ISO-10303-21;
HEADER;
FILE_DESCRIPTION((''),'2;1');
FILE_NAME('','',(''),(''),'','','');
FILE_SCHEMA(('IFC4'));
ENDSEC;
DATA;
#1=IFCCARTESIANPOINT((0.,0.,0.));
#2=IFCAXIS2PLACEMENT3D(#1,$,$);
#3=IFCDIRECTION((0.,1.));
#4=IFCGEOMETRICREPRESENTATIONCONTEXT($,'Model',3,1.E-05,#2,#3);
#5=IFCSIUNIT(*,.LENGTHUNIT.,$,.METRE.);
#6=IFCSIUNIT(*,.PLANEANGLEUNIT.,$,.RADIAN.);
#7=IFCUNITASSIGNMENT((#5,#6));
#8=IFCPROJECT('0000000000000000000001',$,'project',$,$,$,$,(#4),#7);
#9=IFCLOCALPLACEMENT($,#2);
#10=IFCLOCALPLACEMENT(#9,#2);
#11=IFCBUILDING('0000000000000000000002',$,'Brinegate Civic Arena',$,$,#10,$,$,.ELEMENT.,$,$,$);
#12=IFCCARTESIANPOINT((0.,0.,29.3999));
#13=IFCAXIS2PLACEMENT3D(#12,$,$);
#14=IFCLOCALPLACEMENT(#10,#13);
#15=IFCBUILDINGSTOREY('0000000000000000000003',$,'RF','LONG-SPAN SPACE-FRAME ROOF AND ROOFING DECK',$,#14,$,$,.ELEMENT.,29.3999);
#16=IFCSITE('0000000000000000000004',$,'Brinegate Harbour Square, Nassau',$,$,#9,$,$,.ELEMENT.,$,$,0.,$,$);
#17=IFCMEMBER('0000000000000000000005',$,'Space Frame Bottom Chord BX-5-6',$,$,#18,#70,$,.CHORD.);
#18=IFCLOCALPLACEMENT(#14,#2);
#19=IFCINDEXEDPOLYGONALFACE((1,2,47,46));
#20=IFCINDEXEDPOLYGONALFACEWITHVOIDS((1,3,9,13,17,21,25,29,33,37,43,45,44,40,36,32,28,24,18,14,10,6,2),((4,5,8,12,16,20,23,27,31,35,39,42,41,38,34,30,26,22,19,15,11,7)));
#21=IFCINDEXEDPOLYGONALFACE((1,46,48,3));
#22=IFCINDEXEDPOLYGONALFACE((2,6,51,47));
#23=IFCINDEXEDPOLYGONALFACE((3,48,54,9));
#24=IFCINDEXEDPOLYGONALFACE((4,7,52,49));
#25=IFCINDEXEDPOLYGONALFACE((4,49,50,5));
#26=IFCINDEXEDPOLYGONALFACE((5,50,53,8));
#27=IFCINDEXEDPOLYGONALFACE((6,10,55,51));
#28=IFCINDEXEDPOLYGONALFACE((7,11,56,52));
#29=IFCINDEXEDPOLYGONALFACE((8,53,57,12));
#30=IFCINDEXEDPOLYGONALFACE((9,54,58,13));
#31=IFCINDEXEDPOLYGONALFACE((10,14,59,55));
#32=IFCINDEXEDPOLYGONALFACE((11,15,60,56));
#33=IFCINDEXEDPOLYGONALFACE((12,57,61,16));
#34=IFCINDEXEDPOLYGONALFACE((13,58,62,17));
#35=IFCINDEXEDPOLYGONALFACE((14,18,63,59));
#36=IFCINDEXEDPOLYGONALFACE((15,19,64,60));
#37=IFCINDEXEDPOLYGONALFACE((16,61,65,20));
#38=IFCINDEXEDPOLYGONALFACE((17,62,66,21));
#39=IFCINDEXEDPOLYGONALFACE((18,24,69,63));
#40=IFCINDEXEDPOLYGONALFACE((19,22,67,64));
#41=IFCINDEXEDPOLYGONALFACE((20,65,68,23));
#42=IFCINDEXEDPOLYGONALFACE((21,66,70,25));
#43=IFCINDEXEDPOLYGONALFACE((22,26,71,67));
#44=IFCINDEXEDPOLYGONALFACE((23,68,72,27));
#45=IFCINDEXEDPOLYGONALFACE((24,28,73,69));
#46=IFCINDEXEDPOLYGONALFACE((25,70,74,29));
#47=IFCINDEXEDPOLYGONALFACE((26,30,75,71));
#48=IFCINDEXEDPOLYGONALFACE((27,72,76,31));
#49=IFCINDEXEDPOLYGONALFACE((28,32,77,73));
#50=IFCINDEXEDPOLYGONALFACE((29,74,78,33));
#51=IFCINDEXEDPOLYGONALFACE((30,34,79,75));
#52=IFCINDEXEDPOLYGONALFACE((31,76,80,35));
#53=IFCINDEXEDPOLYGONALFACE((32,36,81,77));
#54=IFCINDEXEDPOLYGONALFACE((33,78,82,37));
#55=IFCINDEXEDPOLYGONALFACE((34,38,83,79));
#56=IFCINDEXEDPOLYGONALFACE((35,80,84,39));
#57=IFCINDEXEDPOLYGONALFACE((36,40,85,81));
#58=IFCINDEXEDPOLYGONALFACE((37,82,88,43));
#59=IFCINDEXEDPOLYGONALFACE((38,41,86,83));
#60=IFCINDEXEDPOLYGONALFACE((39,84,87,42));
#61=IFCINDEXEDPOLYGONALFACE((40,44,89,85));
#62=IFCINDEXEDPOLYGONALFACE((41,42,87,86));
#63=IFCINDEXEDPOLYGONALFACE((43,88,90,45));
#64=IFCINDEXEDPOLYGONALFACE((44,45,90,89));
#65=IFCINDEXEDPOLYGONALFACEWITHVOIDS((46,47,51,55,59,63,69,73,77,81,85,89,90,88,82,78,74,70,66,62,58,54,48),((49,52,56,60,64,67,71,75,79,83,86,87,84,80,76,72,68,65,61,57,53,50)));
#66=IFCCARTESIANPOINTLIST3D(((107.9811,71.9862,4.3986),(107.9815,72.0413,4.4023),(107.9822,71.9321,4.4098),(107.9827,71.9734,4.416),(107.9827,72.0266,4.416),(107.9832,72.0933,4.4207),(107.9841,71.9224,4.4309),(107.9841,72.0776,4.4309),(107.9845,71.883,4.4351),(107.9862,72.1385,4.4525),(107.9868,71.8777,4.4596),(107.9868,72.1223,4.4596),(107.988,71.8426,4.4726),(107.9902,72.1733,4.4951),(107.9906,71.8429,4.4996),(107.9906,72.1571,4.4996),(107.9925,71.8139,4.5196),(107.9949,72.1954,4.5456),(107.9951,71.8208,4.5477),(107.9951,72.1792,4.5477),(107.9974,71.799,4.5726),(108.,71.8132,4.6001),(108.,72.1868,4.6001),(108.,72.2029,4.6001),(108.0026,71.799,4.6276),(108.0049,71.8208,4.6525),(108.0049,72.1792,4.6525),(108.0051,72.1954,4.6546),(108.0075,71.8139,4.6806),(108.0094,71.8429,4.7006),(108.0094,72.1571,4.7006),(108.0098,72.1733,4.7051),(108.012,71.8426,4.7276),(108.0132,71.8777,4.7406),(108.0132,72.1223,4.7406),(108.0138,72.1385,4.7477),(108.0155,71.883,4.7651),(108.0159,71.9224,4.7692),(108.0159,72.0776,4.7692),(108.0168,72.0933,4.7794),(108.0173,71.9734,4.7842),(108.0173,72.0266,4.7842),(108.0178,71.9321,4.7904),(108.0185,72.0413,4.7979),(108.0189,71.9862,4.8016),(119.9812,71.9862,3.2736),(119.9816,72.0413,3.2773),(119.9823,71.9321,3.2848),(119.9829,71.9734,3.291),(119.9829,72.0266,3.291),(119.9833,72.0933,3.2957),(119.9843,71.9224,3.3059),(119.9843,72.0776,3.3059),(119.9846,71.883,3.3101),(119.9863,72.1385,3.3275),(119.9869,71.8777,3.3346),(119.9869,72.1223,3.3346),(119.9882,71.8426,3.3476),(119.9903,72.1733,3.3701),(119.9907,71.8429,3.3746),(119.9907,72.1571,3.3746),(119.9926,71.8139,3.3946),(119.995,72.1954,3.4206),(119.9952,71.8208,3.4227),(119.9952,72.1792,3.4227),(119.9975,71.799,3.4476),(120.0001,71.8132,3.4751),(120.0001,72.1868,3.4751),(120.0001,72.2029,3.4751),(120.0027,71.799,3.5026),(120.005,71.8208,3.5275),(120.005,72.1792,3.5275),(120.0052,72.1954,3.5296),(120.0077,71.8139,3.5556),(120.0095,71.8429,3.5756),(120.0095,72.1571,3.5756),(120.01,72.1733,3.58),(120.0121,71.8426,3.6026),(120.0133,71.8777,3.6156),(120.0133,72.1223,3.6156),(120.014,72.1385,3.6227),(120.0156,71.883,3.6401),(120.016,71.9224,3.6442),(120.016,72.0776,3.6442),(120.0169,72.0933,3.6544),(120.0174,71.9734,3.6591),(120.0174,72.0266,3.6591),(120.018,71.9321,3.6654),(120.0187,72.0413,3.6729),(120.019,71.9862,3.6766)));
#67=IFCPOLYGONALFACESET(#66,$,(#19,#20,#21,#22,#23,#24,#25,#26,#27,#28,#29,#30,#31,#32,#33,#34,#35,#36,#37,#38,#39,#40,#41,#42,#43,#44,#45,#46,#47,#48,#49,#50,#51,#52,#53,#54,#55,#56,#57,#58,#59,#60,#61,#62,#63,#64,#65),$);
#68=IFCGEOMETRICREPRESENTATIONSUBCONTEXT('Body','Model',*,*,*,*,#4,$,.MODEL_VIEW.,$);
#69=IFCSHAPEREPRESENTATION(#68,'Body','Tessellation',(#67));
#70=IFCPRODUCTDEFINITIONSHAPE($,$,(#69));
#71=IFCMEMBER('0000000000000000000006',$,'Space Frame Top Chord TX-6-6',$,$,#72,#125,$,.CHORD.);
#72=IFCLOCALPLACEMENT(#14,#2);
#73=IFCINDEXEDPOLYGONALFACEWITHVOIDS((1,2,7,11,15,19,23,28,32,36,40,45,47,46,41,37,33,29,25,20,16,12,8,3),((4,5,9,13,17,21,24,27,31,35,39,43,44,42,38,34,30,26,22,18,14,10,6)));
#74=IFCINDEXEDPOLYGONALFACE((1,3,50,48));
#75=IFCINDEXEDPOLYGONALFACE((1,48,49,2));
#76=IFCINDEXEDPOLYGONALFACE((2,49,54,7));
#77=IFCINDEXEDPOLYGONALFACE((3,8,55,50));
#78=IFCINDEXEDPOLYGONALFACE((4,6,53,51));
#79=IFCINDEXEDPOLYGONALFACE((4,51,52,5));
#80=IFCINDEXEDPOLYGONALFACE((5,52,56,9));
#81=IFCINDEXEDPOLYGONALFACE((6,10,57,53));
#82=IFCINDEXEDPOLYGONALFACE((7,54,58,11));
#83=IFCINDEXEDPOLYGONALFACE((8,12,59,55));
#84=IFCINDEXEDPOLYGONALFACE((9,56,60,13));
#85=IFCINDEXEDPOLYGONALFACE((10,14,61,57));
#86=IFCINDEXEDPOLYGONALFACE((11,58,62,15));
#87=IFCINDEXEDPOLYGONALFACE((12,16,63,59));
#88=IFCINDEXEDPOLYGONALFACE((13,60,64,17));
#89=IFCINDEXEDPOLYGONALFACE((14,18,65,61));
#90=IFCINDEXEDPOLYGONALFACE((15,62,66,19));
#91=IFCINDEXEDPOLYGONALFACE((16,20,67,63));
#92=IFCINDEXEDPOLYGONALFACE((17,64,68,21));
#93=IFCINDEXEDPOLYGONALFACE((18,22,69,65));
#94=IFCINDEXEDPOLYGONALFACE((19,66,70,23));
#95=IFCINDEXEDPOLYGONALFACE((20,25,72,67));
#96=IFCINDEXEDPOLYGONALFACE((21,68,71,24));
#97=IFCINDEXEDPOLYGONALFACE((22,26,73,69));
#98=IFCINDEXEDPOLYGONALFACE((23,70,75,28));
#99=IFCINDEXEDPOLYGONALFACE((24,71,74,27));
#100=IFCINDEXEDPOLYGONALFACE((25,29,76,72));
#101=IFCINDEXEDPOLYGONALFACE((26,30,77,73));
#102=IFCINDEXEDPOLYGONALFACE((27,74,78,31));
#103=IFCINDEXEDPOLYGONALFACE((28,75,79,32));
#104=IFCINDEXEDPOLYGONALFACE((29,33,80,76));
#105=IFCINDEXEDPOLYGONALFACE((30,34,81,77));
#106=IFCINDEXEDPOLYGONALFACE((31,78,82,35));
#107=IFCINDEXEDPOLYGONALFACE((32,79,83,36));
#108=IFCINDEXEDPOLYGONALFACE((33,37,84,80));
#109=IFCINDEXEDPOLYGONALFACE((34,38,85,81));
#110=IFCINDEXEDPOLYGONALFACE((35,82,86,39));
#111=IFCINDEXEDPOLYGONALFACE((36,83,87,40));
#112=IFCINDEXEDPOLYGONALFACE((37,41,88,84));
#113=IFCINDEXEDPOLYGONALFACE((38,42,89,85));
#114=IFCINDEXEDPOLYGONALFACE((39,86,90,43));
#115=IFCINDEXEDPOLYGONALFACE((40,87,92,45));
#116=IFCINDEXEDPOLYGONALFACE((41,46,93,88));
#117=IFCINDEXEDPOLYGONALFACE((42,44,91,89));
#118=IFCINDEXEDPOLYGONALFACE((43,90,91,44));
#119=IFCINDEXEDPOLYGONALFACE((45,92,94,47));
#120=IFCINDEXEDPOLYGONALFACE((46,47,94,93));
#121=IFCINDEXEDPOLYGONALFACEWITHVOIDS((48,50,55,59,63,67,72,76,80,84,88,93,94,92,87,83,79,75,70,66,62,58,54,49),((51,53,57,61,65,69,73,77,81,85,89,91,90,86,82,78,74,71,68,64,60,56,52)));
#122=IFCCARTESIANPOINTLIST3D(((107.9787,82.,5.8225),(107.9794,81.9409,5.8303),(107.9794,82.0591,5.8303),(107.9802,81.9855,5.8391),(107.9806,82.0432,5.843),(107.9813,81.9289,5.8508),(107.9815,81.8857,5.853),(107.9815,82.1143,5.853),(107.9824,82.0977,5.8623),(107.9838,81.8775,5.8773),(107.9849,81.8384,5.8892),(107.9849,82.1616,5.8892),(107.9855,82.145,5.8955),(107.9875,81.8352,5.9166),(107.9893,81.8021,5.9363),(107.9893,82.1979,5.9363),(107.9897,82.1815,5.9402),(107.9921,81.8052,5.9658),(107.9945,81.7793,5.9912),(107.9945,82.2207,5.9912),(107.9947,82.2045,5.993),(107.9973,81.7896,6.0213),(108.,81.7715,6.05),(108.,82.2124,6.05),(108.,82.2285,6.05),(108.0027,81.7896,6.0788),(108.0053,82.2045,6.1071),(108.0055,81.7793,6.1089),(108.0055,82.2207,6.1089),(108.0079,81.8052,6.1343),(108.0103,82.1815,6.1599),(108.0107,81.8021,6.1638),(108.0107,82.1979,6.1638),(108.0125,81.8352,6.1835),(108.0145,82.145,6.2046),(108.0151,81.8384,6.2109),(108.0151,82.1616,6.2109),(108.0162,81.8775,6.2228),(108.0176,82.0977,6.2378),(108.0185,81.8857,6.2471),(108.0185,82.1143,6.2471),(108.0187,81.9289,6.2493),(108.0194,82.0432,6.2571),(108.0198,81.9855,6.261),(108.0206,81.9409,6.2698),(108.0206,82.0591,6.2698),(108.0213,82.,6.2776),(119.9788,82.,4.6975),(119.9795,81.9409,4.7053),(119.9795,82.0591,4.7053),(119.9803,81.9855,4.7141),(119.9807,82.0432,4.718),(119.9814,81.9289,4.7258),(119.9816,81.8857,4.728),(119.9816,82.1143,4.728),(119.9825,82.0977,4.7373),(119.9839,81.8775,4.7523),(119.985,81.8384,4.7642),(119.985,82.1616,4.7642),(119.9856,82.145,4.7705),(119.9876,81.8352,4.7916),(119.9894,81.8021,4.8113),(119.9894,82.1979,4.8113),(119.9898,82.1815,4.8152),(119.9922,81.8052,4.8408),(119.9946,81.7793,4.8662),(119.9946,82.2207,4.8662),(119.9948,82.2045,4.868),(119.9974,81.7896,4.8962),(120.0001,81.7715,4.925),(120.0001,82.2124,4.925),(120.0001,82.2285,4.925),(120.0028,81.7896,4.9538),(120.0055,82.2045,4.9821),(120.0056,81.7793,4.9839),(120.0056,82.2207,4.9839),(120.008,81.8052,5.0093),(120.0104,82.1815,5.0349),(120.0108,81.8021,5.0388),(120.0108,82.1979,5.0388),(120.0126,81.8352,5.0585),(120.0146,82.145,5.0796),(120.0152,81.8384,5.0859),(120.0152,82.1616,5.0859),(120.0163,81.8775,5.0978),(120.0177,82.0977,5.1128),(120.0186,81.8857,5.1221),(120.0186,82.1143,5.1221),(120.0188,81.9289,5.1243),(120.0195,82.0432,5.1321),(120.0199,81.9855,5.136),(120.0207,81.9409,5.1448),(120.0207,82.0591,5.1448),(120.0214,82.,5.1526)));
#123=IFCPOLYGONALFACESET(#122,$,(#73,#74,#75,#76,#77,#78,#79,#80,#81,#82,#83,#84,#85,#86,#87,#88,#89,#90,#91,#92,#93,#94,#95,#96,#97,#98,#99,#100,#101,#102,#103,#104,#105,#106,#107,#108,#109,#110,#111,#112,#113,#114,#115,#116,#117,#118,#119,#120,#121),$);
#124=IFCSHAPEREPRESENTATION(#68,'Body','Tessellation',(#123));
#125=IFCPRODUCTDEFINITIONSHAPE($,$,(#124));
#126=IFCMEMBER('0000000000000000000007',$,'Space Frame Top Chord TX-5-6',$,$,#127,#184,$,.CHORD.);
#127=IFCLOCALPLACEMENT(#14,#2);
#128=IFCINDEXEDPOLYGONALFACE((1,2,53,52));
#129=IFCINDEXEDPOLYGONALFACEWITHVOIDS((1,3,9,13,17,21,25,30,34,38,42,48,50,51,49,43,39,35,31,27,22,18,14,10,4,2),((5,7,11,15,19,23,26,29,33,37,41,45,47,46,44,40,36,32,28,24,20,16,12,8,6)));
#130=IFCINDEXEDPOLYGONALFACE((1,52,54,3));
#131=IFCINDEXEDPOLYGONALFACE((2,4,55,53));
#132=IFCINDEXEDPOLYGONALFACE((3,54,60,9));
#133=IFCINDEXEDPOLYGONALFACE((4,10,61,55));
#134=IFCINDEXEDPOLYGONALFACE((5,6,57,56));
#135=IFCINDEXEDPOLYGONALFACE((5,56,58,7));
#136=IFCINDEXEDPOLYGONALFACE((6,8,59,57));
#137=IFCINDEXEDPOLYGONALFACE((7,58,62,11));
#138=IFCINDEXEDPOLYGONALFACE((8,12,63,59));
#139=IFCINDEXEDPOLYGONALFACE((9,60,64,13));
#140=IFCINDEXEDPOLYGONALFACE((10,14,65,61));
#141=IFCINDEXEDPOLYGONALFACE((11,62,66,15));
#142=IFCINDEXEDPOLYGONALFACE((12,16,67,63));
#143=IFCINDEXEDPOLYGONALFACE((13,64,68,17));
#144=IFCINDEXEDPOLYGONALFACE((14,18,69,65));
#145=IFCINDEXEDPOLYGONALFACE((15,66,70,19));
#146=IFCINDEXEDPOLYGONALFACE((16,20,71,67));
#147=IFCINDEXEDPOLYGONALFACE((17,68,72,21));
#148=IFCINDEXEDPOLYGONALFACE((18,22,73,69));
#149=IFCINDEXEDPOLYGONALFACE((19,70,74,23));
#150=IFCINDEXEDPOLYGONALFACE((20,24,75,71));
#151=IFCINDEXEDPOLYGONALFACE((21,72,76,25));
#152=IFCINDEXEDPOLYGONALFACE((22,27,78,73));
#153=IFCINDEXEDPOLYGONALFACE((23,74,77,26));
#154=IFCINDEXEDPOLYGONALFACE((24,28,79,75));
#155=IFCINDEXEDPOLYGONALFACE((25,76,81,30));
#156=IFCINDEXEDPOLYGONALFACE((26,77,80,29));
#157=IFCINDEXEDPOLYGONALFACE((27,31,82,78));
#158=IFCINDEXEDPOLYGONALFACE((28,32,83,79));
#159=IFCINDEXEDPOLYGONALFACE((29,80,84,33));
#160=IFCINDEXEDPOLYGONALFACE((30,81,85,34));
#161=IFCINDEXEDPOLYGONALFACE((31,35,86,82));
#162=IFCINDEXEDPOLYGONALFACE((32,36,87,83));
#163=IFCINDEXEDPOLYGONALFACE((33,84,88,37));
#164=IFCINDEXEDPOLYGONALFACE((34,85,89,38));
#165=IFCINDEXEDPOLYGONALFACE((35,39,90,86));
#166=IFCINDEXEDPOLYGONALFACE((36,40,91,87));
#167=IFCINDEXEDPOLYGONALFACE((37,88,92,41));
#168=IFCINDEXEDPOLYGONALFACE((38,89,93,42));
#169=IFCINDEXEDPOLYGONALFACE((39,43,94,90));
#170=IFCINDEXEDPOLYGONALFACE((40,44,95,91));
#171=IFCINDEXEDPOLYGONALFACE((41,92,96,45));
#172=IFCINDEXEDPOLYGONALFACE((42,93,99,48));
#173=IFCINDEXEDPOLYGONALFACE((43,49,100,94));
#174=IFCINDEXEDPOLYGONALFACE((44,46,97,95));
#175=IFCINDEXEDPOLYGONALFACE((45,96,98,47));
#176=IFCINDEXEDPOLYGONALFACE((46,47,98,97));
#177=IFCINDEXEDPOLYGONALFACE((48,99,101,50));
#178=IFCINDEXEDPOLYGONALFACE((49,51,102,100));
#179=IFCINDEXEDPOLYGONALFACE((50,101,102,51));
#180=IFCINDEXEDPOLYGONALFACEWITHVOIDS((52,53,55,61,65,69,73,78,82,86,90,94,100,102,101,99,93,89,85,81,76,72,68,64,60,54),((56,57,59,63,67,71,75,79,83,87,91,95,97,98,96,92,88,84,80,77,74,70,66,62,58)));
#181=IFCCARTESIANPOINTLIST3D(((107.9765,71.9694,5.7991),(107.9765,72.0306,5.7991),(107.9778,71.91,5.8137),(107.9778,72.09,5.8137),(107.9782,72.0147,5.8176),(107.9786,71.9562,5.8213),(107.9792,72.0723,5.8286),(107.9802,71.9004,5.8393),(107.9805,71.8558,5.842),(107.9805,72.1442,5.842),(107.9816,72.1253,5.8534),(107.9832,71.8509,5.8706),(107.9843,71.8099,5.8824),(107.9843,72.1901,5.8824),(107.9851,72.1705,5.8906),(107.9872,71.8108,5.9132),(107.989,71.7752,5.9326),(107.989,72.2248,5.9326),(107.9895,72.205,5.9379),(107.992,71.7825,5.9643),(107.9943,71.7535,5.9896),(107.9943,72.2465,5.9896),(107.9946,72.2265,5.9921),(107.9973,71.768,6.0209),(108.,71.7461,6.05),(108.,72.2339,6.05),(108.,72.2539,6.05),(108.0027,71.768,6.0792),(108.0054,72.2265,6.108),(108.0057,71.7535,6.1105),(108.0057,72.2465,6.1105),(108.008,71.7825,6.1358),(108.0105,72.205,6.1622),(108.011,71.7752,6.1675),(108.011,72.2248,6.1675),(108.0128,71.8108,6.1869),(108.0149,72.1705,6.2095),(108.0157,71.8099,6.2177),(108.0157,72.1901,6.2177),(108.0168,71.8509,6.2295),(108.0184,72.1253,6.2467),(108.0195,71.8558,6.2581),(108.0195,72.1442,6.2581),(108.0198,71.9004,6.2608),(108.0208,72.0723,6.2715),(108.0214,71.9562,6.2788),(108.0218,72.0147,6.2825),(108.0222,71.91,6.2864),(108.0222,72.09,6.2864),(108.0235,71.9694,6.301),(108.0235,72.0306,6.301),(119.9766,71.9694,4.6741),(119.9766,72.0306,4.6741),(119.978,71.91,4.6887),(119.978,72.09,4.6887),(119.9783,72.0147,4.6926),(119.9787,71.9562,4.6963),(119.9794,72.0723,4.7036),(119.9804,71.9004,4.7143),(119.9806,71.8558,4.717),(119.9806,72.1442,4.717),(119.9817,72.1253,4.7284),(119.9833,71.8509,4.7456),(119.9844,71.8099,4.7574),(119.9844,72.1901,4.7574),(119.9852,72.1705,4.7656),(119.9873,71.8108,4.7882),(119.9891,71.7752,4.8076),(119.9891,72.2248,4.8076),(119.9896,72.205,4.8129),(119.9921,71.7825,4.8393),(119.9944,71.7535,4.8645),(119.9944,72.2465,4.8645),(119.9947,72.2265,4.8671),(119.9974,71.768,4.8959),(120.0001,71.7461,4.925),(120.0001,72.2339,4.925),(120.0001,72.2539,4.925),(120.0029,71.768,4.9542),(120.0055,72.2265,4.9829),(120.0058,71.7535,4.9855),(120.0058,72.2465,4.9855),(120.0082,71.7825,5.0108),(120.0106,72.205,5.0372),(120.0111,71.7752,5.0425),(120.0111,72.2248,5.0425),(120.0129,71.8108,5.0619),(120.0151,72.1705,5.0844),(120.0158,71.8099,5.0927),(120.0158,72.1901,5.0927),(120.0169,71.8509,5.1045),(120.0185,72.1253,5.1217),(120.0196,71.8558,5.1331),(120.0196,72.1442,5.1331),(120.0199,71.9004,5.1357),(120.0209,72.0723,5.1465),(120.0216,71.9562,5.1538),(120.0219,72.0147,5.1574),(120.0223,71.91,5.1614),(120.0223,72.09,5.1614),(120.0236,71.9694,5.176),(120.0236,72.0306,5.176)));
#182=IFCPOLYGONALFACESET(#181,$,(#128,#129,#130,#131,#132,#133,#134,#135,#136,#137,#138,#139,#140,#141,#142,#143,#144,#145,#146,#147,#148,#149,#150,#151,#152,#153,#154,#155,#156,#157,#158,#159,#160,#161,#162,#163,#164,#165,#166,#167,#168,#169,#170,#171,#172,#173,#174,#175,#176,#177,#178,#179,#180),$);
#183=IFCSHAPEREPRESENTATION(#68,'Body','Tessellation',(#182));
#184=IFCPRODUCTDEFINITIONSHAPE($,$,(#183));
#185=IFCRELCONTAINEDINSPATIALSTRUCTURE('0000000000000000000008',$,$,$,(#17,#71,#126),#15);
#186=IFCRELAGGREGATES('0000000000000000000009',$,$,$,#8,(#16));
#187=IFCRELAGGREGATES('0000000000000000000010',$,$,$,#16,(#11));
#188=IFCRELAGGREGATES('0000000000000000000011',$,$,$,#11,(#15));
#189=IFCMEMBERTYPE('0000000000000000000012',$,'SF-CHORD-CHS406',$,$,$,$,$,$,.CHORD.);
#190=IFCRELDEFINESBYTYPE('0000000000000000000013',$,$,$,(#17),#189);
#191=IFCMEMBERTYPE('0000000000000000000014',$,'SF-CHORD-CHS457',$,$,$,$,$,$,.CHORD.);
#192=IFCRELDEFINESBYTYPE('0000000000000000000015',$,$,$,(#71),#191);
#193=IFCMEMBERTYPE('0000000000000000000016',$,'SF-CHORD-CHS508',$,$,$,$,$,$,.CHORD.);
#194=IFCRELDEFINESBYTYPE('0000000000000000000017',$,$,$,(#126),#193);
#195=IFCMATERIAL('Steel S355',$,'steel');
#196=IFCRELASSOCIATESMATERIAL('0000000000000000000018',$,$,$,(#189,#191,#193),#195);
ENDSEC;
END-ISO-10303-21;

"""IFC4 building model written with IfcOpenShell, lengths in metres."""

from ifc_helpers import new_model, si_unit, direction, frame, origin, origin_2d, place, context, subcontext, project, spatial, hollow_circle, extrude, material, material_profile, profile_set, type_object, element, save


model = new_model("IFC4")

# Units and contexts
model_context = context("Model", 3, precision=1e-05, world=origin(), true_north=direction((0.0, 1.0)))
body_context = subcontext(model_context, "Body", "Model", "MODEL_VIEW")
ifc_project = project(units=[si_unit("LENGTHUNIT", "METRE"), si_unit("PLANEANGLEUNIT", "RADIAN")], contexts=[model_context])

# Site, building, storey
site_placement = place(None, origin())
site = spatial("IfcSite", under=ifc_project, at=site_placement, Name="Brinegate Harbour Square, Nassau", CompositionType="ELEMENT", RefElevation=0.0)
building_placement = place(site_placement, origin())
building = spatial("IfcBuilding", under=site, at=building_placement, Name="Brinegate Civic Arena", CompositionType="ELEMENT")
storey_placement = place(building_placement, frame((0.0, 0.0, 29.3999)))
storey = spatial("IfcBuildingStorey", under=building, at=storey_placement, Name="RF", Description="LONG-SPAN SPACE-FRAME ROOF AND ROOFING DECK", CompositionType="ELEMENT", Elevation=29.3999)

# Members
ifc_material = material(Name="Steel S355", Category="steel")
ifc_material_profile_1 = material_profile(ifc_material, hollow_circle(Radius=0.2029, WallThickness=0.0161, at=origin_2d()), Name="CHS406X16")
ifc_profile_set_1 = profile_set([ifc_material_profile_1], Name="Steel S355")
member_type_1 = type_object("IfcMemberType", Name="SF-CHORD-CHS406", PredefinedType="CHORD", material=ifc_profile_set_1)
member_1_placement = place(storey_placement, frame((108.0, 72.0, 4.6001), z_axis=(0.995634, 0.0, -0.093341), x_axis=(0.0, 1.0, 0.0)))
element("IfcMember", 1, at=member_1_placement, inside=storey, type_object=member_type_1, Name="Space Frame Bottom Chord BX-5-6", PredefinedType="CHORD", context=body_context, shape_type="SweptSolid", body=[
    extrude(hollow_circle(Radius=0.2029, WallThickness=0.0161, at=origin_2d()), origin(), (0.0, 0.0, 1.0), 12.0527),
])
ifc_material_profile_2 = material_profile(ifc_material, hollow_circle(Radius=0.2285, WallThickness=0.0161, at=origin_2d()), Name="CHS457X16")
ifc_profile_set_2 = profile_set([ifc_material_profile_2], Name="Steel S355")
member_type_2 = type_object("IfcMemberType", Name="SF-CHORD-CHS457", PredefinedType="CHORD", material=ifc_profile_set_2)
member_2_placement = place(storey_placement, frame((108.0, 82.0, 6.05), z_axis=(0.995634, 0.0, -0.093341), x_axis=(0.0, 1.0, 0.0)))
element("IfcMember", 2, at=member_2_placement, inside=storey, type_object=member_type_2, Name="Space Frame Top Chord TX-6-6", PredefinedType="CHORD", context=body_context, shape_type="SweptSolid", body=[
    extrude(hollow_circle(Radius=0.2285, WallThickness=0.0161, at=origin_2d()), origin(), (0.0, 0.0, 1.0), 12.0527),
])
ifc_material_profile_3 = material_profile(ifc_material, hollow_circle(Radius=0.2539, WallThickness=0.02, at=origin_2d()), Name="CHS508X20")
ifc_profile_set_3 = profile_set([ifc_material_profile_3], Name="Steel S355")
member_type_3 = type_object("IfcMemberType", Name="SF-CHORD-CHS508", PredefinedType="CHORD", material=ifc_profile_set_3)
member_3_placement = place(storey_placement, frame((108.0, 72.0, 6.05), z_axis=(0.995634, 0.0, -0.093341), x_axis=(0.0, 1.0, 0.0)))
element("IfcMember", 3, at=member_3_placement, inside=storey, type_object=member_type_3, Name="Space Frame Top Chord TX-5-6", PredefinedType="CHORD", context=body_context, shape_type="SweptSolid", body=[
    extrude(hollow_circle(Radius=0.2539, WallThickness=0.02, at=origin_2d()), origin(), (0.0, 0.0, 1.0), 12.0527),
])

save(model, "model.ifc")
